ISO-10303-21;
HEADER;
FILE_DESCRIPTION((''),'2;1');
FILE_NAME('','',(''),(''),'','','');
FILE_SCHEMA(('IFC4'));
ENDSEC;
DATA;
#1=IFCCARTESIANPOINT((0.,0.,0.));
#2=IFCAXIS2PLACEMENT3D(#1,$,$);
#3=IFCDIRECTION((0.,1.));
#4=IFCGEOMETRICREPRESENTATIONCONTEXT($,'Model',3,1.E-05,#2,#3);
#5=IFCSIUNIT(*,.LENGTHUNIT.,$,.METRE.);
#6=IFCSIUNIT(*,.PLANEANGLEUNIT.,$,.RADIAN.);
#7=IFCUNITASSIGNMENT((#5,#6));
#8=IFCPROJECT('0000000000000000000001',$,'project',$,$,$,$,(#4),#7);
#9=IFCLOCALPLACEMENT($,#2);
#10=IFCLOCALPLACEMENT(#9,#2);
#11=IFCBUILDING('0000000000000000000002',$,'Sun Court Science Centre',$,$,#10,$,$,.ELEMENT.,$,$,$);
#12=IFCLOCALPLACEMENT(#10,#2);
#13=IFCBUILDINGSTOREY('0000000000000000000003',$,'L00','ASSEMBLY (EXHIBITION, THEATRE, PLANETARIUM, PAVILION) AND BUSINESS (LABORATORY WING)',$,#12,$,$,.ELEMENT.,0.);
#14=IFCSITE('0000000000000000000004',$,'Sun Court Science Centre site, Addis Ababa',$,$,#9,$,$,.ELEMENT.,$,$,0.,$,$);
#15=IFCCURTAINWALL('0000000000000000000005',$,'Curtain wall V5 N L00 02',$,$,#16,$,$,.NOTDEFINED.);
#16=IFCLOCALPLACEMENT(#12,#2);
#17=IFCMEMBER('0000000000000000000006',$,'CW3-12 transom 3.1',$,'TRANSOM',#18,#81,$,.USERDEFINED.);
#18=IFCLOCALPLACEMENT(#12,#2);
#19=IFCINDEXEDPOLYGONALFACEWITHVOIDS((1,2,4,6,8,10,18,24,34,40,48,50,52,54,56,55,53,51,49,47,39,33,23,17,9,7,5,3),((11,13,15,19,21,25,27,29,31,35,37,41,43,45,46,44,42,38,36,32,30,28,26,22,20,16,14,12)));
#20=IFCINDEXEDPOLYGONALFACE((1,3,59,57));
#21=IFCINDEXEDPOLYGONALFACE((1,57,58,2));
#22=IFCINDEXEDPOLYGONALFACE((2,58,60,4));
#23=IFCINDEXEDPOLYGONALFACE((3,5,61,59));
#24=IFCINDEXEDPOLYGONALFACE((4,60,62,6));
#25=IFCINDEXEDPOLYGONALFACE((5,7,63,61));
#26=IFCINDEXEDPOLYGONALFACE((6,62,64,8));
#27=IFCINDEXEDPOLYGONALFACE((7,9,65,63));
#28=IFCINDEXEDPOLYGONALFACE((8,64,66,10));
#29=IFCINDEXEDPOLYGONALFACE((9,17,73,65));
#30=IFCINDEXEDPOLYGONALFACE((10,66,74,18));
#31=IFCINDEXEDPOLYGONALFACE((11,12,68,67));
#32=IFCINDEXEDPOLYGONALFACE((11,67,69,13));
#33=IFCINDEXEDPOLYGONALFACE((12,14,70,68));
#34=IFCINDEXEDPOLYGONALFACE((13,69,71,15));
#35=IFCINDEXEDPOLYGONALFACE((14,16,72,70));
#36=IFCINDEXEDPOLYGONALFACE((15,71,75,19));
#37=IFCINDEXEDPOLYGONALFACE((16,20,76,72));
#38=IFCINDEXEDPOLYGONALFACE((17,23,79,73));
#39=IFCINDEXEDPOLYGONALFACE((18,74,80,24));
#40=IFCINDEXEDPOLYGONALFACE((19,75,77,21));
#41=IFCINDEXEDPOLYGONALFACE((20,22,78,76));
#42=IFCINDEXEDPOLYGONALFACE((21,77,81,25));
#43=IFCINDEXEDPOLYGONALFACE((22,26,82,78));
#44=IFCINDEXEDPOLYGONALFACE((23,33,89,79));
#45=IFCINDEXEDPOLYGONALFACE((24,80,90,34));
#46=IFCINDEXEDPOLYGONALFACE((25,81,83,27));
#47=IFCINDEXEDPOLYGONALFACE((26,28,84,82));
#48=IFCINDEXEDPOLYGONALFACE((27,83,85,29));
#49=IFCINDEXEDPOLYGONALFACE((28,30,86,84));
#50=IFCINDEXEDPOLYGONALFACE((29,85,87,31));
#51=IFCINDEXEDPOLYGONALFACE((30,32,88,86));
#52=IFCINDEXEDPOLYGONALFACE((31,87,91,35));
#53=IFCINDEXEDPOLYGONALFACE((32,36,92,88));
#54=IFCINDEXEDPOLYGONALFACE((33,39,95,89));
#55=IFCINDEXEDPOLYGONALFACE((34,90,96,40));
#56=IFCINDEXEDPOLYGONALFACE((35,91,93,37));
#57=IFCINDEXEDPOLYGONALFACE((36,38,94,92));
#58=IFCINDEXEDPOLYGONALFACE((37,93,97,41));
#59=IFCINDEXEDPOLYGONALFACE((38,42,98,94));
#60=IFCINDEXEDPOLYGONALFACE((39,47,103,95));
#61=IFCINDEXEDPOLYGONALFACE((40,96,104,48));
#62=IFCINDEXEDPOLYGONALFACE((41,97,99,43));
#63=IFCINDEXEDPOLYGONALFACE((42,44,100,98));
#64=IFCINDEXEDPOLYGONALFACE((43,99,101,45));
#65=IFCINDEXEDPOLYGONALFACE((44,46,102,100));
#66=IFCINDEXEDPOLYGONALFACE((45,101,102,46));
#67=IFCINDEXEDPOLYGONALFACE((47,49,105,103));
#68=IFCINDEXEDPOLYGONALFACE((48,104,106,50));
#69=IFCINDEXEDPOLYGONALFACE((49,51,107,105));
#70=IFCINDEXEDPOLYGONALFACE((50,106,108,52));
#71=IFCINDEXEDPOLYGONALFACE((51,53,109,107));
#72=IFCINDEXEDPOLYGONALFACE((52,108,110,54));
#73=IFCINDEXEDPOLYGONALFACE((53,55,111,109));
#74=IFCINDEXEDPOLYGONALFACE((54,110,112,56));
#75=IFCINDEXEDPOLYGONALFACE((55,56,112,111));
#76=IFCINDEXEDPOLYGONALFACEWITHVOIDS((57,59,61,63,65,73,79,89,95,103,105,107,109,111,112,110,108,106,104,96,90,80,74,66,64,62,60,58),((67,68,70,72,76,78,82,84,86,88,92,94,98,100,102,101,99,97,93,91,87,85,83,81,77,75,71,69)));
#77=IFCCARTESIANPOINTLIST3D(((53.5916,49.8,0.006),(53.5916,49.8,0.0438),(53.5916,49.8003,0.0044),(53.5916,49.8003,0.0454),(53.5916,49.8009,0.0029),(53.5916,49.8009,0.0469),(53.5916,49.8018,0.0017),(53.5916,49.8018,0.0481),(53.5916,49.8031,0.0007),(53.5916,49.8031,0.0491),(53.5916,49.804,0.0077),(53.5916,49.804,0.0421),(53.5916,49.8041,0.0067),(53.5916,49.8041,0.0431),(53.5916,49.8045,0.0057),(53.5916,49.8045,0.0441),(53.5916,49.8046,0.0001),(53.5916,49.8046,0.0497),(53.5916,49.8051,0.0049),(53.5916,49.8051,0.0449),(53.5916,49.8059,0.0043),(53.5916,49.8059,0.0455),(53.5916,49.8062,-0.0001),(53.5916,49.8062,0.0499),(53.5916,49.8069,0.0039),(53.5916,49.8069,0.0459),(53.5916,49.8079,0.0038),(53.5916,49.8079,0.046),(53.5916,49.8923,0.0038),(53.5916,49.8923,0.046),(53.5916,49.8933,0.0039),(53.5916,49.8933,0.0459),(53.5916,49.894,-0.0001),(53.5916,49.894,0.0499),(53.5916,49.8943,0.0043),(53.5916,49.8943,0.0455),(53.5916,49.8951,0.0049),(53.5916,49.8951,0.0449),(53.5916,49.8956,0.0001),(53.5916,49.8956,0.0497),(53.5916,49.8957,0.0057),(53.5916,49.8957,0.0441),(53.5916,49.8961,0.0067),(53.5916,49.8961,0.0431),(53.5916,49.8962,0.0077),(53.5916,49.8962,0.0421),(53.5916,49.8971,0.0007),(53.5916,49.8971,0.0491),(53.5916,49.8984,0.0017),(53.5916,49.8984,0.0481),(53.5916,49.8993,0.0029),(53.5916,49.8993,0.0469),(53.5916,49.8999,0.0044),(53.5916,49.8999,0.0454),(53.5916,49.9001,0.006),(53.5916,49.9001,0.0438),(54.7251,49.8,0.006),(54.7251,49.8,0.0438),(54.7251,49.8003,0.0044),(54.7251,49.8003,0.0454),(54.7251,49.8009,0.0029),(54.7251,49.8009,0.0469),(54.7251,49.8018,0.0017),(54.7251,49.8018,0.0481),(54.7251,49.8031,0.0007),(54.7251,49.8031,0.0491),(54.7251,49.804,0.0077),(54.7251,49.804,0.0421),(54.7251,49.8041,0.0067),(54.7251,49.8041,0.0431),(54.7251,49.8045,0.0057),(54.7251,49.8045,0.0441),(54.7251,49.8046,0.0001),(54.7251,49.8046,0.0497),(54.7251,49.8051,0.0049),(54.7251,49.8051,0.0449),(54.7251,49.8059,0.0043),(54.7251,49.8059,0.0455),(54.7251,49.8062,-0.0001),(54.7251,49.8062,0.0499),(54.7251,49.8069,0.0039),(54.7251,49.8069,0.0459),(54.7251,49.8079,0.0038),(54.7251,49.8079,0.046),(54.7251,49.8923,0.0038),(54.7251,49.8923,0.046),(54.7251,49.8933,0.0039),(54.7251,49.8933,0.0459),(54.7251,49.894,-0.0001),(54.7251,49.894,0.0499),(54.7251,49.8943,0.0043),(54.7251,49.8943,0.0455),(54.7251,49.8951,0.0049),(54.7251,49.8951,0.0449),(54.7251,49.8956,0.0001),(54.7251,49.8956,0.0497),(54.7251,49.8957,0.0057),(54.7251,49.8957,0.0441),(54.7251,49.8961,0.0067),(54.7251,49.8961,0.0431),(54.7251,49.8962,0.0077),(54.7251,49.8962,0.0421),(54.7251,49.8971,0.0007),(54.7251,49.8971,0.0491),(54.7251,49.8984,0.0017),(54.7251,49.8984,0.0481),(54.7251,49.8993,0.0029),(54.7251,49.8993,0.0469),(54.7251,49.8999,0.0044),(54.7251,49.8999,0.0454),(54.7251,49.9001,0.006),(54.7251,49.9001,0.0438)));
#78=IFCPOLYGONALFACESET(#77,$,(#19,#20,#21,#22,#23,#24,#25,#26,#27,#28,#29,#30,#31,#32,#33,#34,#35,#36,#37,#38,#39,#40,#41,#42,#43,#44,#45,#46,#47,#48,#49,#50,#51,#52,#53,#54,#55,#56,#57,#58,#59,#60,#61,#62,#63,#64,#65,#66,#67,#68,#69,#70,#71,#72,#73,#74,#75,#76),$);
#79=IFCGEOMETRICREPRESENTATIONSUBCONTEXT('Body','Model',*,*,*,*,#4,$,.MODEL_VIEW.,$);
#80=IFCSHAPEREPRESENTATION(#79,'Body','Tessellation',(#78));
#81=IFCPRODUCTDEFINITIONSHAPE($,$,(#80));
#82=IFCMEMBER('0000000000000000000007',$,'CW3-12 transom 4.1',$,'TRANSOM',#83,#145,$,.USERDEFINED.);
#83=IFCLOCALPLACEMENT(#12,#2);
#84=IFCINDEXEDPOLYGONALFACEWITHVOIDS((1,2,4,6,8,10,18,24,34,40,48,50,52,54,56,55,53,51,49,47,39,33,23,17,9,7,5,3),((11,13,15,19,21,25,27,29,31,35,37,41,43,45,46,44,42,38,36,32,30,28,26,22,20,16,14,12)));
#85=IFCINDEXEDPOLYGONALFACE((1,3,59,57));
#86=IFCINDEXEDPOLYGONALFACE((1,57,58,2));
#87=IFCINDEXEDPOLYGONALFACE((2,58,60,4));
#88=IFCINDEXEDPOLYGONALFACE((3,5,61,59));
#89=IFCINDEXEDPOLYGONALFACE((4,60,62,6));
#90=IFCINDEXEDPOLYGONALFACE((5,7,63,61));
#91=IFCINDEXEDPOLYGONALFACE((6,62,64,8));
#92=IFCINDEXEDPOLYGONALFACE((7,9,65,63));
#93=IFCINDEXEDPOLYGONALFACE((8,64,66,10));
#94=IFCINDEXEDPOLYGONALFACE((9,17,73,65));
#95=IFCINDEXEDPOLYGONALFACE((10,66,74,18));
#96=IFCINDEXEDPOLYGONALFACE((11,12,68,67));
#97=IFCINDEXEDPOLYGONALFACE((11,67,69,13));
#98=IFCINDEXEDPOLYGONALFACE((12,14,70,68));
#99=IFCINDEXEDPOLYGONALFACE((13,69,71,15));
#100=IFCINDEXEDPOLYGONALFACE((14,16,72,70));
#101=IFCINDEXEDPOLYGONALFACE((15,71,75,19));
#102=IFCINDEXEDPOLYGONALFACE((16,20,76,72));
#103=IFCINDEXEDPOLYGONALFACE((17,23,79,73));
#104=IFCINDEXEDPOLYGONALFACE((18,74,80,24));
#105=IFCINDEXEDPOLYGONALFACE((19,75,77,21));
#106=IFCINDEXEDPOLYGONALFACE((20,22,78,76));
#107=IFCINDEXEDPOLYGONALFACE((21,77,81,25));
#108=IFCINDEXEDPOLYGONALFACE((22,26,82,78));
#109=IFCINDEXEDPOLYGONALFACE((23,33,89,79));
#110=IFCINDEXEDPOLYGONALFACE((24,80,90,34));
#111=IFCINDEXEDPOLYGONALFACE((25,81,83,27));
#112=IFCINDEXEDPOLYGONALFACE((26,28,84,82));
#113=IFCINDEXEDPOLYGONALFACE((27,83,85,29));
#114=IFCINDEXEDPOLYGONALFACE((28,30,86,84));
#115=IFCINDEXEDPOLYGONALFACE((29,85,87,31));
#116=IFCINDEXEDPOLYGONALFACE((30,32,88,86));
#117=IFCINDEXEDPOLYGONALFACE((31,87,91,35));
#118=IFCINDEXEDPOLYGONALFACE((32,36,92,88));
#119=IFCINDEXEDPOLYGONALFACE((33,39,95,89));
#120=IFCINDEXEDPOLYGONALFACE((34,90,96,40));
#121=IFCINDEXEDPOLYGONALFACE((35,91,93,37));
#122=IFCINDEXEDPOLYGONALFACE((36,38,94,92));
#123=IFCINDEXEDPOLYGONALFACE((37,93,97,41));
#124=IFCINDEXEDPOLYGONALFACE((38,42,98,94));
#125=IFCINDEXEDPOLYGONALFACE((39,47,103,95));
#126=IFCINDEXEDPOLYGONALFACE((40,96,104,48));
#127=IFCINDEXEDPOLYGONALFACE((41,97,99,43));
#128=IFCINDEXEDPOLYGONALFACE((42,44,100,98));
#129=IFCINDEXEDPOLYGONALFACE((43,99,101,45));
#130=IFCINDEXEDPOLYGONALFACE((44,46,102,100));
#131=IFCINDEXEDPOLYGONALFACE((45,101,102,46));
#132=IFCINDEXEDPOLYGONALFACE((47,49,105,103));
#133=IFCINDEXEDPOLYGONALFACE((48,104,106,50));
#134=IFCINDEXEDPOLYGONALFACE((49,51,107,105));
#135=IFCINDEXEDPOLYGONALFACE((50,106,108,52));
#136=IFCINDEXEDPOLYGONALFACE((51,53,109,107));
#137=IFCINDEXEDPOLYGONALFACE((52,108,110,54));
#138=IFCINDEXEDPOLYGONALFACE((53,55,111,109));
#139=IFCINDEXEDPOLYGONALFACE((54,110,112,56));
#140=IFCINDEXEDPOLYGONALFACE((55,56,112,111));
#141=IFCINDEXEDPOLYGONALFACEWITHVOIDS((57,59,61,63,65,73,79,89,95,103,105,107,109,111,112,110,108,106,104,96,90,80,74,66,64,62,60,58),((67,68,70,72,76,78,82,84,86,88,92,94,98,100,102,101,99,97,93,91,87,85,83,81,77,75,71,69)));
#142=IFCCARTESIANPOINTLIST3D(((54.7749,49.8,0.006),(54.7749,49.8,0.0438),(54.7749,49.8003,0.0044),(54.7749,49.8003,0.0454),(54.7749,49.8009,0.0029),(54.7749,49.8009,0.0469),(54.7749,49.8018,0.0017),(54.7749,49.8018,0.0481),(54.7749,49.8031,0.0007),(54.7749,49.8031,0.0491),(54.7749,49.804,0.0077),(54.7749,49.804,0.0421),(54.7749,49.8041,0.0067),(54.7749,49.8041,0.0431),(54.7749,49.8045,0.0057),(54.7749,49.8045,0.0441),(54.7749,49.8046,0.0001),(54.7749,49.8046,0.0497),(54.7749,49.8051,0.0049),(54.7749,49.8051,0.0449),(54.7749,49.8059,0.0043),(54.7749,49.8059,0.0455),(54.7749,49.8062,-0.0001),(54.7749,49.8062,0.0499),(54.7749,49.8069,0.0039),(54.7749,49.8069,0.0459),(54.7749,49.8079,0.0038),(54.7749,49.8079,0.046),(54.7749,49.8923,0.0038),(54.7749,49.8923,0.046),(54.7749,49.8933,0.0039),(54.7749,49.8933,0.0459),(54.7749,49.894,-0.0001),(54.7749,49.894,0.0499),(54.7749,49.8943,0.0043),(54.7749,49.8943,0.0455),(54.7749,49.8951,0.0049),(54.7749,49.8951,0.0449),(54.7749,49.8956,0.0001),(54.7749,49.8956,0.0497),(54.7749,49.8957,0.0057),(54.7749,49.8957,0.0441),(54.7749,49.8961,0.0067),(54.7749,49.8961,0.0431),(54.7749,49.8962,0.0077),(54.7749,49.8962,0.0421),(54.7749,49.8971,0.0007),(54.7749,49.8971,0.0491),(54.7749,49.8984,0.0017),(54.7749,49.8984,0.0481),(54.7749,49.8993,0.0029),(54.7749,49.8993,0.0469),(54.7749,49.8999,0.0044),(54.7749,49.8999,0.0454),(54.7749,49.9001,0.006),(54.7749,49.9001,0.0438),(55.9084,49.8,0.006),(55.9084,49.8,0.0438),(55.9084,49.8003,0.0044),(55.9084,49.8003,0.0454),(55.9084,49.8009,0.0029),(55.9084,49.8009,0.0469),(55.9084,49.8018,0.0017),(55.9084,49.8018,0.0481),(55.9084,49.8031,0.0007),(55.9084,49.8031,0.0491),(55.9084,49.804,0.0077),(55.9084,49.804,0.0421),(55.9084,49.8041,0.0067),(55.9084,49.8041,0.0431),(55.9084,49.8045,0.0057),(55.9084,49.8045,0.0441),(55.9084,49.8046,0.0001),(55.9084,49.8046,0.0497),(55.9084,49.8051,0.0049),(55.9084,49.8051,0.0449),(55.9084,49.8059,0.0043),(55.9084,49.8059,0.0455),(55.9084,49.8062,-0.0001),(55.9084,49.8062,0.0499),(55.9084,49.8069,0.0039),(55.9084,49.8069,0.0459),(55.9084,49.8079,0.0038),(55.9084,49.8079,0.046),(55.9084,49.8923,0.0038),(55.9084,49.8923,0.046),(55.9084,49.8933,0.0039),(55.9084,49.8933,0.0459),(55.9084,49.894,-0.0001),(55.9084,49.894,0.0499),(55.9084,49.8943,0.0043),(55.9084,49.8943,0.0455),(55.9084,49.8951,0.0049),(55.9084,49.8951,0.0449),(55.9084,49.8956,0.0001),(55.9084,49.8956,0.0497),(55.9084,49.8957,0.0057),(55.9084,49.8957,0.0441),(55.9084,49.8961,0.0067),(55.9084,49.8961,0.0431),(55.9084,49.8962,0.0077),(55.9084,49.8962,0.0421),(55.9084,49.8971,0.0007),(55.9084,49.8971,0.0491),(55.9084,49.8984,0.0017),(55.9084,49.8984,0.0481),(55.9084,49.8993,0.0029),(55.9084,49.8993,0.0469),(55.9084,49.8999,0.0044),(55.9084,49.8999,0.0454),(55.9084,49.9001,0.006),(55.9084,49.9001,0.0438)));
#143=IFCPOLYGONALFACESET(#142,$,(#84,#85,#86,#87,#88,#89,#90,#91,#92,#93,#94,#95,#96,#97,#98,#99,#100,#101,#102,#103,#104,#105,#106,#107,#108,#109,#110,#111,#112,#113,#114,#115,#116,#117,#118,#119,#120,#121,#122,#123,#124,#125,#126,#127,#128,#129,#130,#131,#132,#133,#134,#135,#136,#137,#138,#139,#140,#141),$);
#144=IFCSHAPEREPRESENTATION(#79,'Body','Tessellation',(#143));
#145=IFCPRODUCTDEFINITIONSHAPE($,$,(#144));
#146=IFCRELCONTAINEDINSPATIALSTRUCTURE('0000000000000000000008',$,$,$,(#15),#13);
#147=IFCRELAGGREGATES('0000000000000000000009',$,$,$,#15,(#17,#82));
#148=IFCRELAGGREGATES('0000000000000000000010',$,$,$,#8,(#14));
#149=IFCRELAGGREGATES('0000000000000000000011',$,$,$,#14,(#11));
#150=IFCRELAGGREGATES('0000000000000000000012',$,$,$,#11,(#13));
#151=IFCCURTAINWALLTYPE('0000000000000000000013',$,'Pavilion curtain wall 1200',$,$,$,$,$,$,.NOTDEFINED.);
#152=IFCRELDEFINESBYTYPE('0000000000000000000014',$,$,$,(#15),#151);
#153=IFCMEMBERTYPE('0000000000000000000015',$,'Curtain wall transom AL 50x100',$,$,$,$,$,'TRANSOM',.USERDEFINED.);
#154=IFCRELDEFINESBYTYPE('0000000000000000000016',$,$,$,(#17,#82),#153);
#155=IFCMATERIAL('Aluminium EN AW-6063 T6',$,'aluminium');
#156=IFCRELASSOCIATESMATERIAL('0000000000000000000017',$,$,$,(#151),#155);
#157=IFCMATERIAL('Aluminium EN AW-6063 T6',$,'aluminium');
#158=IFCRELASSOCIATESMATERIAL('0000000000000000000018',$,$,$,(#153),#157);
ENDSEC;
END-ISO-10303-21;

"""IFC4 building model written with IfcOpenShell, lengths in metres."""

from ifc_helpers import new_model, si_unit, direction, frame, origin, origin_2d, place, context, subcontext, project, spatial, hollow_rectangle, extrude, material, material_profile, profile_set, type_object, element, aggregate, save


model = new_model("IFC4")

# Units and contexts
model_context = context("Model", 3, precision=1e-05, world=origin(), true_north=direction((0.0, 1.0)))
body_context = subcontext(model_context, "Body", "Model", "MODEL_VIEW")
ifc_project = project(units=[si_unit("LENGTHUNIT", "METRE"), si_unit("PLANEANGLEUNIT", "RADIAN")], contexts=[model_context])

# Site, building, storey
site_placement = place(None, origin())
site = spatial("IfcSite", under=ifc_project, at=site_placement, Name="Sun Court Science Centre site, Addis Ababa", CompositionType="ELEMENT", RefElevation=0.0)
building_placement = place(site_placement, origin())
building = spatial("IfcBuilding", under=site, at=building_placement, Name="Sun Court Science Centre", CompositionType="ELEMENT")
storey_placement = place(building_placement, origin())
storey = spatial("IfcBuildingStorey", under=building, at=storey_placement, Name="L00", Description="ASSEMBLY (EXHIBITION, THEATRE, PLANETARIUM, PAVILION) AND BUSINESS (LABORATORY WING)", CompositionType="ELEMENT", Elevation=0.0)

# Curtain wall, members
ifc_material_1 = material(Name="Aluminium EN AW-6063 T6", Category="aluminium")
curtain_wall_type = type_object("IfcCurtainWallType", Name="Pavilion curtain wall 1200", PredefinedType="NOTDEFINED", material=ifc_material_1)
curtain_wall_placement = place(storey_placement, origin())
curtain_wall = element("IfcCurtainWall", 1, at=curtain_wall_placement, inside=storey, type_object=curtain_wall_type, Name="Curtain wall V5 N L00 02", PredefinedType="NOTDEFINED")
ifc_material_2 = material(Name="Aluminium EN AW-6063 T6", Category="aluminium")
ifc_material_profile_1 = material_profile(ifc_material_2, hollow_rectangle(XDim=0.05, YDim=0.1001, WallThickness=0.0039, InnerFilletRadius=0.0039, OuterFilletRadius=0.0061, at=origin_2d()), Name="AL 50x100x4")
ifc_profile_set_1 = profile_set([ifc_material_profile_1], Name="Aluminium EN AW-6063 T6")
member_type_1 = type_object("IfcMemberType", Name="Curtain wall transom AL 50x100", ElementType="TRANSOM", PredefinedType="USERDEFINED", material=ifc_profile_set_1)
member_1_placement = place(storey_placement, frame((53.5916, 49.8501, 0.0249), z_axis=(1.0, 0.0, 0.0), x_axis=(0.0, 0.0, 1.0)))
member_1 = element("IfcMember", 2, at=member_1_placement, type_object=member_type_1, Name="CW3-12 transom 3.1", ObjectType="TRANSOM", PredefinedType="USERDEFINED", context=body_context, shape_type="SweptSolid", body=[
    extrude(hollow_rectangle(XDim=0.05, YDim=0.1001, WallThickness=0.0039, InnerFilletRadius=0.0039, OuterFilletRadius=0.0061, at=origin_2d()), origin(), (0.0, 0.0, 1.0), 1.1335),
])
member_2_placement = place(storey_placement, frame((54.7749, 49.8501, 0.0249), z_axis=(1.0, 0.0, 0.0), x_axis=(0.0, 0.0, 1.0)))
member_2 = element("IfcMember", 3, at=member_2_placement, type_object=member_type_1, Name="CW3-12 transom 4.1", ObjectType="TRANSOM", PredefinedType="USERDEFINED", context=body_context, shape_type="SweptSolid", body=[
    extrude(hollow_rectangle(XDim=0.05, YDim=0.1001, WallThickness=0.0039, InnerFilletRadius=0.0039, OuterFilletRadius=0.0061, at=origin_2d()), origin(), (0.0, 0.0, 1.0), 1.1335),
])
aggregate(curtain_wall, [member_1, member_2])

save(model, "model.ifc")
